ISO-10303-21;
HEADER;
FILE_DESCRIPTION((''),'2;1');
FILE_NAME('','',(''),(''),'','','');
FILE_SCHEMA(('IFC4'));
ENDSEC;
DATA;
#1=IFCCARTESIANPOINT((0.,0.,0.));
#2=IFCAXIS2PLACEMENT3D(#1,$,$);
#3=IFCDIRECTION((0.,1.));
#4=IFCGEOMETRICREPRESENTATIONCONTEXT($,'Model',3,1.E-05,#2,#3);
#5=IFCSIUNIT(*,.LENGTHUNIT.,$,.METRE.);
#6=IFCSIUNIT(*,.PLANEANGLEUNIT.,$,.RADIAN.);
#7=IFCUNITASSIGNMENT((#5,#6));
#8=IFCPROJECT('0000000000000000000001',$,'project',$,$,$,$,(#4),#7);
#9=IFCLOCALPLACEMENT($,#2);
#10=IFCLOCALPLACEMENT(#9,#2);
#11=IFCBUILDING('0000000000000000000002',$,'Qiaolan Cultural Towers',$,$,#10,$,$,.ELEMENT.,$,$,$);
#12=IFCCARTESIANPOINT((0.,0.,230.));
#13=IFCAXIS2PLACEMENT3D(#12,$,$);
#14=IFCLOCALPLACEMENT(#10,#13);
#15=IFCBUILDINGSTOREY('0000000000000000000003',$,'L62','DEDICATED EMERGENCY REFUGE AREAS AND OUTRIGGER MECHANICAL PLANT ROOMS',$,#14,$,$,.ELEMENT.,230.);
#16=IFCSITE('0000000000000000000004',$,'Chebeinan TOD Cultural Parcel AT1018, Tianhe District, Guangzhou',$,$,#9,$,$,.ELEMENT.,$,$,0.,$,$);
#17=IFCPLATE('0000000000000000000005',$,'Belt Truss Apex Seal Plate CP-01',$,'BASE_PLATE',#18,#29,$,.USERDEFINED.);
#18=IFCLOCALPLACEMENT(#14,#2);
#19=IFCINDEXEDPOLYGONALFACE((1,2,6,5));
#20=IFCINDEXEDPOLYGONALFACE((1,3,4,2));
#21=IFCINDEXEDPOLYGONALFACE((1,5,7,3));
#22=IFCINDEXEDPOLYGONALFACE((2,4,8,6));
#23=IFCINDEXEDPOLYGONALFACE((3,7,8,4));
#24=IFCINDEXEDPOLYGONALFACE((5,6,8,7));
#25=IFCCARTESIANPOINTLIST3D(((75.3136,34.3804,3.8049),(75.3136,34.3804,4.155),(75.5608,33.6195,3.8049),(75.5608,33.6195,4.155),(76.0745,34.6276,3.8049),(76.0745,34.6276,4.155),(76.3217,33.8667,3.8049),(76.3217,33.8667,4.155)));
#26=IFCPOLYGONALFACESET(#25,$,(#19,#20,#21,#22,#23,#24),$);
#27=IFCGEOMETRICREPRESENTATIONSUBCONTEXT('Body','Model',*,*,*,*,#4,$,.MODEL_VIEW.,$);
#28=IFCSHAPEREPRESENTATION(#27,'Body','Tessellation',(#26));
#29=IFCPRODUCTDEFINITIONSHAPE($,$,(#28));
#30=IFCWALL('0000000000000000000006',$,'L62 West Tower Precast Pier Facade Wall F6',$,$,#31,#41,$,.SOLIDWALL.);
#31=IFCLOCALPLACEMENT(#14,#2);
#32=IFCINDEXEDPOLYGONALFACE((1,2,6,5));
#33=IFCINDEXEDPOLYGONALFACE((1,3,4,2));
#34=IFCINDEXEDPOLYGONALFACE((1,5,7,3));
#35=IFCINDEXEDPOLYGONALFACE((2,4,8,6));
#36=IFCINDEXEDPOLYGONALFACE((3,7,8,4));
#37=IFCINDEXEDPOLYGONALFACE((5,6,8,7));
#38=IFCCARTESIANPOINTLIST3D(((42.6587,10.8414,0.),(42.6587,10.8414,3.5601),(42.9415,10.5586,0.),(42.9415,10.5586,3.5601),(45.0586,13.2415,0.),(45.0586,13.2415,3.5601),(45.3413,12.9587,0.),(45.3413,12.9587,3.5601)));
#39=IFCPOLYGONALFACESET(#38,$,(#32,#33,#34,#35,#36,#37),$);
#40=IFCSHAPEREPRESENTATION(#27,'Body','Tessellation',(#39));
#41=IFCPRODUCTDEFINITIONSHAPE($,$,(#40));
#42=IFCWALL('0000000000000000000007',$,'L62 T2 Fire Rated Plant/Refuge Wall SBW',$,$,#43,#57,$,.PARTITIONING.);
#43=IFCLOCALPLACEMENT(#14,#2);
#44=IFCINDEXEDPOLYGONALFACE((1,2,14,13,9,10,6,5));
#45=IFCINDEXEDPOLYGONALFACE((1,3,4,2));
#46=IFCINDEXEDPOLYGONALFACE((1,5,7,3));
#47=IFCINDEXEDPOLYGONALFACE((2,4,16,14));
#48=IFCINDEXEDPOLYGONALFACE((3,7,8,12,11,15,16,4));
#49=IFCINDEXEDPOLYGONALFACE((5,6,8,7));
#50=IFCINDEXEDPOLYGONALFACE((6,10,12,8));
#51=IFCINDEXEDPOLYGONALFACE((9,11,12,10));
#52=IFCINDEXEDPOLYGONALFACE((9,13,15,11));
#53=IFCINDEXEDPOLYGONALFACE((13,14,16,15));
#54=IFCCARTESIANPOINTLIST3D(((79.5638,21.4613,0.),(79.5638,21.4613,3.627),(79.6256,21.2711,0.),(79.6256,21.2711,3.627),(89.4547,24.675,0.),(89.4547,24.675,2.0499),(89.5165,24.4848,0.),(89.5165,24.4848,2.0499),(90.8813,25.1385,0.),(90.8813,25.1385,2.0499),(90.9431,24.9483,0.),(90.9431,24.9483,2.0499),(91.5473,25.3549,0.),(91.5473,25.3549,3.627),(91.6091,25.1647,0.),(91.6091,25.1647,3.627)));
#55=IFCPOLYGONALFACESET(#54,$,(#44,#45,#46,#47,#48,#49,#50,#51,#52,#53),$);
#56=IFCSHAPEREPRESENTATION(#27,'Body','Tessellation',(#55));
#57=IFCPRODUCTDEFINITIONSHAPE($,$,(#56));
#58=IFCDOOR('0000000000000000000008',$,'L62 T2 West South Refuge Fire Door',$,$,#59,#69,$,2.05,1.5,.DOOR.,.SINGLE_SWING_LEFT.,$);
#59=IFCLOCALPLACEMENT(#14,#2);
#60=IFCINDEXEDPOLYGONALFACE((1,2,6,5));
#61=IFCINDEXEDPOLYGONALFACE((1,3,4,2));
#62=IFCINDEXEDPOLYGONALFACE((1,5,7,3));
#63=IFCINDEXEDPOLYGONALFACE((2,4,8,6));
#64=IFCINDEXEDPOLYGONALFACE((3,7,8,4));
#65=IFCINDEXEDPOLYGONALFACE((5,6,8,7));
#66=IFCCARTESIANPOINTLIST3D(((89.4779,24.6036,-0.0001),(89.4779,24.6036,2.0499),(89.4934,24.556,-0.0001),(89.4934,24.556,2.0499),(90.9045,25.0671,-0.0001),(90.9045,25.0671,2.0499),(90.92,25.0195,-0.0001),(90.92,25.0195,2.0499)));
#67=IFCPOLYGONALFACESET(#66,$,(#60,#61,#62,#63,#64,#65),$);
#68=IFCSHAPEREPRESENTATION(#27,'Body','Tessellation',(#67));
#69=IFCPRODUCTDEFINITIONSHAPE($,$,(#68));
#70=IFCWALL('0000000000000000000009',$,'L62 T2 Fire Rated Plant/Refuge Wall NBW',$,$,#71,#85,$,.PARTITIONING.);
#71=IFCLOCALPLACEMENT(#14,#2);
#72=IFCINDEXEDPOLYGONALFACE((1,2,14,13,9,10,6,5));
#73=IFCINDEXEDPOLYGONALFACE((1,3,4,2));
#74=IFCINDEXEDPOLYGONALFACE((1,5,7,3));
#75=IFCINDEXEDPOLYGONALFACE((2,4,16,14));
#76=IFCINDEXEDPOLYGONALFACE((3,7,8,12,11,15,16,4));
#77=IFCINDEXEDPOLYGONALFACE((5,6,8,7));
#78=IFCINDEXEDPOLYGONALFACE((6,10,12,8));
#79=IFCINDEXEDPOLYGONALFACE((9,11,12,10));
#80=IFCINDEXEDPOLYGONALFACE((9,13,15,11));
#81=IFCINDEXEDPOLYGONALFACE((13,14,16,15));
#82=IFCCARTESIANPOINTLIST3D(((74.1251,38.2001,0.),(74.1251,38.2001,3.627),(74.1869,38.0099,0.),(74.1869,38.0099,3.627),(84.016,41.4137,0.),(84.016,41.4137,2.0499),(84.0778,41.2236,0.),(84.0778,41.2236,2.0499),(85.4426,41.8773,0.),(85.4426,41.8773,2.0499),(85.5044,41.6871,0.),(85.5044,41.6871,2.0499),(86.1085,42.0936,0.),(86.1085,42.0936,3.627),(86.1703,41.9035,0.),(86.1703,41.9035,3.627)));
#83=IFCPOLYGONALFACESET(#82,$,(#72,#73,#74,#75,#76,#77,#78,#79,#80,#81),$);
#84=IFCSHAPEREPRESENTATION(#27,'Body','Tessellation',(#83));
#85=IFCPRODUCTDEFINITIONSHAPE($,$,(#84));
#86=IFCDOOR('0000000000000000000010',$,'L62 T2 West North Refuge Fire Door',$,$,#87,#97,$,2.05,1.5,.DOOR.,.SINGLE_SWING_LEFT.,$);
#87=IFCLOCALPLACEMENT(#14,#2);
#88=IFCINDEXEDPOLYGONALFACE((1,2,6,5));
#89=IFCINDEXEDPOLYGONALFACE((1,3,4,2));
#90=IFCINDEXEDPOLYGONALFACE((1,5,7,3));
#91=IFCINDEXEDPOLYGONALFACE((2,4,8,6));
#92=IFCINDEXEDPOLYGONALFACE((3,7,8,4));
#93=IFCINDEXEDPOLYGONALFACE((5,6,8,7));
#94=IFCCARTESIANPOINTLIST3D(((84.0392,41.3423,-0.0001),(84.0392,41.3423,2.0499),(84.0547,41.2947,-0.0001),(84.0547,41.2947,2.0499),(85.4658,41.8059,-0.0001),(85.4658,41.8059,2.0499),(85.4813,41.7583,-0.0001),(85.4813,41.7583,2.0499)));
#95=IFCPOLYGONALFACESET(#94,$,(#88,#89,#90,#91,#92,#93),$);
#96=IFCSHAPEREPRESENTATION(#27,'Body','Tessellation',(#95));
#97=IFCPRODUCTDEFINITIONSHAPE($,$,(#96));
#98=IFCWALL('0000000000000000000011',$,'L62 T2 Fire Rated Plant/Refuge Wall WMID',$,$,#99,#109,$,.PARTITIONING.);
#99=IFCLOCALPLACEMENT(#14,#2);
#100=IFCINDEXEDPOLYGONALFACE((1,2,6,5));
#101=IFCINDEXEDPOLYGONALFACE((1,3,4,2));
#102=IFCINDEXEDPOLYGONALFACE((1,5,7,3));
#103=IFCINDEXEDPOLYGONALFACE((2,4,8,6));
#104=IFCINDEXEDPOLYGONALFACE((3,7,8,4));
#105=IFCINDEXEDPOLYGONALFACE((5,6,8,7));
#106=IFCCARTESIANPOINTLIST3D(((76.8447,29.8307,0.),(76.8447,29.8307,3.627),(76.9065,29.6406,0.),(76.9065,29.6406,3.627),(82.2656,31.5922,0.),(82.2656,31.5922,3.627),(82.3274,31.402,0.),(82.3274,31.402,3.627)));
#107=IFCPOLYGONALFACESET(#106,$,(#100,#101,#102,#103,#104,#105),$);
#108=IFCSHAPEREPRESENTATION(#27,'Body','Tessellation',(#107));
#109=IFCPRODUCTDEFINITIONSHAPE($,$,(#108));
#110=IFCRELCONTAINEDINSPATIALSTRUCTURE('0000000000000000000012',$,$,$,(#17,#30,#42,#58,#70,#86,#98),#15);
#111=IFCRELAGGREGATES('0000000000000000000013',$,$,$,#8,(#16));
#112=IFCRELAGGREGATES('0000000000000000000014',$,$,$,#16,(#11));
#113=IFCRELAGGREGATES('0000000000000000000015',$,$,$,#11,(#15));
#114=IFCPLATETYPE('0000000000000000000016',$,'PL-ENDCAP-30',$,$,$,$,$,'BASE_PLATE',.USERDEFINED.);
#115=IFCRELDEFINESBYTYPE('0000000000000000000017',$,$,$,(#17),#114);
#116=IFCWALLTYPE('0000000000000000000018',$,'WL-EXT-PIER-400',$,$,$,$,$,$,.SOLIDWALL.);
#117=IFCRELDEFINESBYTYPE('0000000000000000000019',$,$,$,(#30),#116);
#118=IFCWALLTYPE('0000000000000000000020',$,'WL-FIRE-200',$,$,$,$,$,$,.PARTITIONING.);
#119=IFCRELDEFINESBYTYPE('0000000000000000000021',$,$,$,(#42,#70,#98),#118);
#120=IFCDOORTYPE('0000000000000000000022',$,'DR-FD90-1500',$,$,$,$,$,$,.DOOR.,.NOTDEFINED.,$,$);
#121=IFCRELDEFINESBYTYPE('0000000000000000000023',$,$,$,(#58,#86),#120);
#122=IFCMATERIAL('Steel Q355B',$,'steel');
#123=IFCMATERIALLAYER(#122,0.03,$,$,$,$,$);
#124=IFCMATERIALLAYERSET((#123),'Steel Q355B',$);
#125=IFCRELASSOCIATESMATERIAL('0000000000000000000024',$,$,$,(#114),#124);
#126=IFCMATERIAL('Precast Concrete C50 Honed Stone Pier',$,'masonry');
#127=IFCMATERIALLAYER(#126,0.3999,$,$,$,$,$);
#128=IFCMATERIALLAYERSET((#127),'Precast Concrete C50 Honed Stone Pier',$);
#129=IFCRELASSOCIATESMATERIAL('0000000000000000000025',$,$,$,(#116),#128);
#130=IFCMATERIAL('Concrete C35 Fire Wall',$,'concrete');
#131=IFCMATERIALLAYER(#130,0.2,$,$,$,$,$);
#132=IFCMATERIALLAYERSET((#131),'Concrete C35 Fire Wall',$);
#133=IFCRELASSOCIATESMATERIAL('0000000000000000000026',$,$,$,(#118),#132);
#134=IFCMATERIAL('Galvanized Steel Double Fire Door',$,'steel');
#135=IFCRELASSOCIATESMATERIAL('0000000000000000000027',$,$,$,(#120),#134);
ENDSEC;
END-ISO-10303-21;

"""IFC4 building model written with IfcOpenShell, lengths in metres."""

from ifc_helpers import new_model, si_unit, direction, frame, frame_2d, origin, origin_2d, place, context, subcontext, project, spatial, rectangle, extrude, material, layer, layer_set, type_object, element, fill, save


model = new_model("IFC4")

# Units and contexts
model_context = context("Model", 3, precision=1e-05, world=origin(), true_north=direction((0.0, 1.0)))
body_context = subcontext(model_context, "Body", "Model", "MODEL_VIEW")
ifc_project = project(units=[si_unit("LENGTHUNIT", "METRE"), si_unit("PLANEANGLEUNIT", "RADIAN")], contexts=[model_context])

# Site, building, storey
site_placement = place(None, origin())
site = spatial("IfcSite", under=ifc_project, at=site_placement, Name="Chebeinan TOD Cultural Parcel AT1018, Tianhe District, Guangzhou", CompositionType="ELEMENT", RefElevation=0.0)
building_placement = place(site_placement, origin())
building = spatial("IfcBuilding", under=site, at=building_placement, Name="Qiaolan Cultural Towers", CompositionType="ELEMENT")
storey_placement = place(building_placement, frame((0.0, 0.0, 230.0)))
storey = spatial("IfcBuildingStorey", under=building, at=storey_placement, Name="L62", Description="DEDICATED EMERGENCY REFUGE AREAS AND OUTRIGGER MECHANICAL PLANT ROOMS", CompositionType="ELEMENT", Elevation=230.0)

# Plate
ifc_material_1 = material(Name="Steel Q355B", Category="steel")
ifc_layer_1 = layer(ifc_material_1, 0.03)
ifc_layer_set_1 = layer_set([ifc_layer_1], Name="Steel Q355B")
plate_type_1 = type_object("IfcPlateType", Name="PL-ENDCAP-30", ElementType="BASE_PLATE", PredefinedType="USERDEFINED", material=ifc_layer_set_1)
for number, where, z_axis, x_axis, name in (
    (1, (75.8176, 34.1235, 3.8049), (0.0, 0.0, 1.0), (0.951057, 0.309017, 0.0), "Belt Truss Apex Seal Plate CP-01"),
):
    element("IfcPlate", number, at=place(storey_placement, frame(where, z_axis=z_axis, x_axis=x_axis)), inside=storey, type_object=plate_type_1, Name=name, ObjectType="BASE_PLATE", PredefinedType="USERDEFINED", context=body_context, shape_type="SweptSolid", body=[
        extrude(rectangle(XDim=0.8, YDim=0.8, at=origin_2d()), origin(), (0.0, 0.0, 1.0), 0.3501),
    ])

# Wall
ifc_material_2 = material(Name="Precast Concrete C50 Honed Stone Pier", Category="masonry")
ifc_layer_2 = layer(ifc_material_2, 0.3999)
ifc_layer_set_2 = layer_set([ifc_layer_2], Name="Precast Concrete C50 Honed Stone Pier")
wall_type_1 = type_object("IfcWallType", Name="WL-EXT-PIER-400", PredefinedType="SOLIDWALL", material=ifc_layer_set_2)
wall_1_placement = place(storey_placement, frame((45.2, 13.1001, 0.0), z_axis=(0.0, 0.0, 1.0), x_axis=(-0.707071, -0.707143, 0.0)))
element("IfcWall", 2, at=wall_1_placement, inside=storey, type_object=wall_type_1, Name="L62 West Tower Precast Pier Facade Wall F6", PredefinedType="SOLIDWALL", context=body_context, shape_type="SweptSolid", body=[
    extrude(rectangle(XDim=3.394, YDim=0.3999, at=frame_2d((1.697, 0.0))), origin(), (0.0, 0.0, 1.0), 3.5601),
])

# Walls, openings, doors
ifc_material_3 = material(Name="Concrete C35 Fire Wall", Category="concrete")
ifc_layer_3 = layer(ifc_material_3, 0.2)
ifc_layer_set_3 = layer_set([ifc_layer_3], Name="Concrete C35 Fire Wall")
wall_type_2 = type_object("IfcWallType", Name="WL-FIRE-200", PredefinedType="PARTITIONING", material=ifc_layer_set_3)
wall_2_placement = place(storey_placement, frame((79.5947, 21.3662, 0.0), z_axis=(0.0, 0.0, 1.0), x_axis=(0.951059, 0.309011, 0.0)))
wall_2 = element("IfcWall", 3, at=wall_2_placement, inside=storey, type_object=wall_type_2, Name="L62 T2 Fire Rated Plant/Refuge Wall SBW", PredefinedType="PARTITIONING", context=body_context, shape_type="SweptSolid", body=[
    extrude(rectangle(XDim=12.6001, YDim=0.2, at=frame_2d((6.3, 0.0))), origin(), (0.0, 0.0, 1.0), 3.627),
])
opening_1_placement = place(wall_2_placement, frame((10.3999, 0.0, 0.0)))
opening_1 = element("IfcOpeningElement", 4, at=opening_1_placement, cuts=wall_2, PredefinedType="OPENING", context=body_context, shape_type="SweptSolid", body=[
    extrude(rectangle(XDim=1.5, YDim=2.05, at=frame_2d((0.75, 1.0249))), frame((0.0, 0.1099, 0.0), z_axis=(0.0, -1.0, 0.0), x_axis=(1.0, 0.0, 0.0)), (0.0, 0.0, 1.0), 0.22),
])
ifc_material_4 = material(Name="Galvanized Steel Double Fire Door", Category="steel")
door_type = type_object("IfcDoorType", Name="DR-FD90-1500", OperationType="NOTDEFINED", PredefinedType="DOOR", material=ifc_material_4)
door_1_placement = place(opening_1_placement, origin())
door_1 = element("IfcDoor", 5, at=door_1_placement, inside=storey, type_object=door_type, Name="L62 T2 West South Refuge Fire Door", OperationType="SINGLE_SWING_LEFT", OverallHeight=2.05, OverallWidth=1.5, PredefinedType="DOOR", context=body_context, shape_type="SweptSolid", body=[
    extrude(rectangle(XDim=1.5, YDim=2.05, at=frame_2d((0.75, 1.0249))), frame((0.0, 0.0249, 0.0), z_axis=(0.0, -1.0, 0.0), x_axis=(1.0, 0.0, 0.0)), (0.0, 0.0, 1.0), 0.05),
])
fill(opening_1, door_1)
wall_3_placement = place(storey_placement, frame((74.156, 38.105, 0.0), z_axis=(0.0, 0.0, 1.0), x_axis=(0.951059, 0.309011, 0.0)))
wall_3 = element("IfcWall", 6, at=wall_3_placement, inside=storey, type_object=wall_type_2, Name="L62 T2 Fire Rated Plant/Refuge Wall NBW", PredefinedType="PARTITIONING", context=body_context, shape_type="SweptSolid", body=[
    extrude(rectangle(XDim=12.6001, YDim=0.2, at=frame_2d((6.3, 0.0))), origin(), (0.0, 0.0, 1.0), 3.627),
])
opening_2_placement = place(wall_3_placement, frame((10.3999, 0.0, 0.0)))
opening_2 = element("IfcOpeningElement", 7, at=opening_2_placement, cuts=wall_3, PredefinedType="OPENING", context=body_context, shape_type="SweptSolid", body=[
    extrude(rectangle(XDim=1.5, YDim=2.05, at=frame_2d((0.75, 1.0249))), frame((0.0, 0.1099, 0.0), z_axis=(0.0, -1.0, 0.0), x_axis=(1.0, 0.0, 0.0)), (0.0, 0.0, 1.0), 0.22),
])
door_2_placement = place(opening_2_placement, origin())
door_2 = element("IfcDoor", 8, at=door_2_placement, inside=storey, type_object=door_type, Name="L62 T2 West North Refuge Fire Door", OperationType="SINGLE_SWING_LEFT", OverallHeight=2.05, OverallWidth=1.5, PredefinedType="DOOR", context=body_context, shape_type="SweptSolid", body=[
    extrude(rectangle(XDim=1.5, YDim=2.05, at=frame_2d((0.75, 1.0249))), frame((0.0, 0.0249, 0.0), z_axis=(0.0, -1.0, 0.0), x_axis=(1.0, 0.0, 0.0)), (0.0, 0.0, 1.0), 0.05),
])
fill(opening_2, door_2)

# Wall
wall_4_placement = place(storey_placement, frame((76.8755, 29.7356, 0.0), z_axis=(0.0, 0.0, 1.0), x_axis=(0.95105, 0.309036, 0.0)))
element("IfcWall", 9, at=wall_4_placement, inside=storey, type_object=wall_type_2, Name="L62 T2 Fire Rated Plant/Refuge Wall WMID", PredefinedType="PARTITIONING", context=body_context, shape_type="SweptSolid", body=[
    extrude(rectangle(XDim=5.7, YDim=0.2, at=frame_2d((2.8501, 0.0))), origin(), (0.0, 0.0, 1.0), 3.627),
])

save(model, "model.ifc")
